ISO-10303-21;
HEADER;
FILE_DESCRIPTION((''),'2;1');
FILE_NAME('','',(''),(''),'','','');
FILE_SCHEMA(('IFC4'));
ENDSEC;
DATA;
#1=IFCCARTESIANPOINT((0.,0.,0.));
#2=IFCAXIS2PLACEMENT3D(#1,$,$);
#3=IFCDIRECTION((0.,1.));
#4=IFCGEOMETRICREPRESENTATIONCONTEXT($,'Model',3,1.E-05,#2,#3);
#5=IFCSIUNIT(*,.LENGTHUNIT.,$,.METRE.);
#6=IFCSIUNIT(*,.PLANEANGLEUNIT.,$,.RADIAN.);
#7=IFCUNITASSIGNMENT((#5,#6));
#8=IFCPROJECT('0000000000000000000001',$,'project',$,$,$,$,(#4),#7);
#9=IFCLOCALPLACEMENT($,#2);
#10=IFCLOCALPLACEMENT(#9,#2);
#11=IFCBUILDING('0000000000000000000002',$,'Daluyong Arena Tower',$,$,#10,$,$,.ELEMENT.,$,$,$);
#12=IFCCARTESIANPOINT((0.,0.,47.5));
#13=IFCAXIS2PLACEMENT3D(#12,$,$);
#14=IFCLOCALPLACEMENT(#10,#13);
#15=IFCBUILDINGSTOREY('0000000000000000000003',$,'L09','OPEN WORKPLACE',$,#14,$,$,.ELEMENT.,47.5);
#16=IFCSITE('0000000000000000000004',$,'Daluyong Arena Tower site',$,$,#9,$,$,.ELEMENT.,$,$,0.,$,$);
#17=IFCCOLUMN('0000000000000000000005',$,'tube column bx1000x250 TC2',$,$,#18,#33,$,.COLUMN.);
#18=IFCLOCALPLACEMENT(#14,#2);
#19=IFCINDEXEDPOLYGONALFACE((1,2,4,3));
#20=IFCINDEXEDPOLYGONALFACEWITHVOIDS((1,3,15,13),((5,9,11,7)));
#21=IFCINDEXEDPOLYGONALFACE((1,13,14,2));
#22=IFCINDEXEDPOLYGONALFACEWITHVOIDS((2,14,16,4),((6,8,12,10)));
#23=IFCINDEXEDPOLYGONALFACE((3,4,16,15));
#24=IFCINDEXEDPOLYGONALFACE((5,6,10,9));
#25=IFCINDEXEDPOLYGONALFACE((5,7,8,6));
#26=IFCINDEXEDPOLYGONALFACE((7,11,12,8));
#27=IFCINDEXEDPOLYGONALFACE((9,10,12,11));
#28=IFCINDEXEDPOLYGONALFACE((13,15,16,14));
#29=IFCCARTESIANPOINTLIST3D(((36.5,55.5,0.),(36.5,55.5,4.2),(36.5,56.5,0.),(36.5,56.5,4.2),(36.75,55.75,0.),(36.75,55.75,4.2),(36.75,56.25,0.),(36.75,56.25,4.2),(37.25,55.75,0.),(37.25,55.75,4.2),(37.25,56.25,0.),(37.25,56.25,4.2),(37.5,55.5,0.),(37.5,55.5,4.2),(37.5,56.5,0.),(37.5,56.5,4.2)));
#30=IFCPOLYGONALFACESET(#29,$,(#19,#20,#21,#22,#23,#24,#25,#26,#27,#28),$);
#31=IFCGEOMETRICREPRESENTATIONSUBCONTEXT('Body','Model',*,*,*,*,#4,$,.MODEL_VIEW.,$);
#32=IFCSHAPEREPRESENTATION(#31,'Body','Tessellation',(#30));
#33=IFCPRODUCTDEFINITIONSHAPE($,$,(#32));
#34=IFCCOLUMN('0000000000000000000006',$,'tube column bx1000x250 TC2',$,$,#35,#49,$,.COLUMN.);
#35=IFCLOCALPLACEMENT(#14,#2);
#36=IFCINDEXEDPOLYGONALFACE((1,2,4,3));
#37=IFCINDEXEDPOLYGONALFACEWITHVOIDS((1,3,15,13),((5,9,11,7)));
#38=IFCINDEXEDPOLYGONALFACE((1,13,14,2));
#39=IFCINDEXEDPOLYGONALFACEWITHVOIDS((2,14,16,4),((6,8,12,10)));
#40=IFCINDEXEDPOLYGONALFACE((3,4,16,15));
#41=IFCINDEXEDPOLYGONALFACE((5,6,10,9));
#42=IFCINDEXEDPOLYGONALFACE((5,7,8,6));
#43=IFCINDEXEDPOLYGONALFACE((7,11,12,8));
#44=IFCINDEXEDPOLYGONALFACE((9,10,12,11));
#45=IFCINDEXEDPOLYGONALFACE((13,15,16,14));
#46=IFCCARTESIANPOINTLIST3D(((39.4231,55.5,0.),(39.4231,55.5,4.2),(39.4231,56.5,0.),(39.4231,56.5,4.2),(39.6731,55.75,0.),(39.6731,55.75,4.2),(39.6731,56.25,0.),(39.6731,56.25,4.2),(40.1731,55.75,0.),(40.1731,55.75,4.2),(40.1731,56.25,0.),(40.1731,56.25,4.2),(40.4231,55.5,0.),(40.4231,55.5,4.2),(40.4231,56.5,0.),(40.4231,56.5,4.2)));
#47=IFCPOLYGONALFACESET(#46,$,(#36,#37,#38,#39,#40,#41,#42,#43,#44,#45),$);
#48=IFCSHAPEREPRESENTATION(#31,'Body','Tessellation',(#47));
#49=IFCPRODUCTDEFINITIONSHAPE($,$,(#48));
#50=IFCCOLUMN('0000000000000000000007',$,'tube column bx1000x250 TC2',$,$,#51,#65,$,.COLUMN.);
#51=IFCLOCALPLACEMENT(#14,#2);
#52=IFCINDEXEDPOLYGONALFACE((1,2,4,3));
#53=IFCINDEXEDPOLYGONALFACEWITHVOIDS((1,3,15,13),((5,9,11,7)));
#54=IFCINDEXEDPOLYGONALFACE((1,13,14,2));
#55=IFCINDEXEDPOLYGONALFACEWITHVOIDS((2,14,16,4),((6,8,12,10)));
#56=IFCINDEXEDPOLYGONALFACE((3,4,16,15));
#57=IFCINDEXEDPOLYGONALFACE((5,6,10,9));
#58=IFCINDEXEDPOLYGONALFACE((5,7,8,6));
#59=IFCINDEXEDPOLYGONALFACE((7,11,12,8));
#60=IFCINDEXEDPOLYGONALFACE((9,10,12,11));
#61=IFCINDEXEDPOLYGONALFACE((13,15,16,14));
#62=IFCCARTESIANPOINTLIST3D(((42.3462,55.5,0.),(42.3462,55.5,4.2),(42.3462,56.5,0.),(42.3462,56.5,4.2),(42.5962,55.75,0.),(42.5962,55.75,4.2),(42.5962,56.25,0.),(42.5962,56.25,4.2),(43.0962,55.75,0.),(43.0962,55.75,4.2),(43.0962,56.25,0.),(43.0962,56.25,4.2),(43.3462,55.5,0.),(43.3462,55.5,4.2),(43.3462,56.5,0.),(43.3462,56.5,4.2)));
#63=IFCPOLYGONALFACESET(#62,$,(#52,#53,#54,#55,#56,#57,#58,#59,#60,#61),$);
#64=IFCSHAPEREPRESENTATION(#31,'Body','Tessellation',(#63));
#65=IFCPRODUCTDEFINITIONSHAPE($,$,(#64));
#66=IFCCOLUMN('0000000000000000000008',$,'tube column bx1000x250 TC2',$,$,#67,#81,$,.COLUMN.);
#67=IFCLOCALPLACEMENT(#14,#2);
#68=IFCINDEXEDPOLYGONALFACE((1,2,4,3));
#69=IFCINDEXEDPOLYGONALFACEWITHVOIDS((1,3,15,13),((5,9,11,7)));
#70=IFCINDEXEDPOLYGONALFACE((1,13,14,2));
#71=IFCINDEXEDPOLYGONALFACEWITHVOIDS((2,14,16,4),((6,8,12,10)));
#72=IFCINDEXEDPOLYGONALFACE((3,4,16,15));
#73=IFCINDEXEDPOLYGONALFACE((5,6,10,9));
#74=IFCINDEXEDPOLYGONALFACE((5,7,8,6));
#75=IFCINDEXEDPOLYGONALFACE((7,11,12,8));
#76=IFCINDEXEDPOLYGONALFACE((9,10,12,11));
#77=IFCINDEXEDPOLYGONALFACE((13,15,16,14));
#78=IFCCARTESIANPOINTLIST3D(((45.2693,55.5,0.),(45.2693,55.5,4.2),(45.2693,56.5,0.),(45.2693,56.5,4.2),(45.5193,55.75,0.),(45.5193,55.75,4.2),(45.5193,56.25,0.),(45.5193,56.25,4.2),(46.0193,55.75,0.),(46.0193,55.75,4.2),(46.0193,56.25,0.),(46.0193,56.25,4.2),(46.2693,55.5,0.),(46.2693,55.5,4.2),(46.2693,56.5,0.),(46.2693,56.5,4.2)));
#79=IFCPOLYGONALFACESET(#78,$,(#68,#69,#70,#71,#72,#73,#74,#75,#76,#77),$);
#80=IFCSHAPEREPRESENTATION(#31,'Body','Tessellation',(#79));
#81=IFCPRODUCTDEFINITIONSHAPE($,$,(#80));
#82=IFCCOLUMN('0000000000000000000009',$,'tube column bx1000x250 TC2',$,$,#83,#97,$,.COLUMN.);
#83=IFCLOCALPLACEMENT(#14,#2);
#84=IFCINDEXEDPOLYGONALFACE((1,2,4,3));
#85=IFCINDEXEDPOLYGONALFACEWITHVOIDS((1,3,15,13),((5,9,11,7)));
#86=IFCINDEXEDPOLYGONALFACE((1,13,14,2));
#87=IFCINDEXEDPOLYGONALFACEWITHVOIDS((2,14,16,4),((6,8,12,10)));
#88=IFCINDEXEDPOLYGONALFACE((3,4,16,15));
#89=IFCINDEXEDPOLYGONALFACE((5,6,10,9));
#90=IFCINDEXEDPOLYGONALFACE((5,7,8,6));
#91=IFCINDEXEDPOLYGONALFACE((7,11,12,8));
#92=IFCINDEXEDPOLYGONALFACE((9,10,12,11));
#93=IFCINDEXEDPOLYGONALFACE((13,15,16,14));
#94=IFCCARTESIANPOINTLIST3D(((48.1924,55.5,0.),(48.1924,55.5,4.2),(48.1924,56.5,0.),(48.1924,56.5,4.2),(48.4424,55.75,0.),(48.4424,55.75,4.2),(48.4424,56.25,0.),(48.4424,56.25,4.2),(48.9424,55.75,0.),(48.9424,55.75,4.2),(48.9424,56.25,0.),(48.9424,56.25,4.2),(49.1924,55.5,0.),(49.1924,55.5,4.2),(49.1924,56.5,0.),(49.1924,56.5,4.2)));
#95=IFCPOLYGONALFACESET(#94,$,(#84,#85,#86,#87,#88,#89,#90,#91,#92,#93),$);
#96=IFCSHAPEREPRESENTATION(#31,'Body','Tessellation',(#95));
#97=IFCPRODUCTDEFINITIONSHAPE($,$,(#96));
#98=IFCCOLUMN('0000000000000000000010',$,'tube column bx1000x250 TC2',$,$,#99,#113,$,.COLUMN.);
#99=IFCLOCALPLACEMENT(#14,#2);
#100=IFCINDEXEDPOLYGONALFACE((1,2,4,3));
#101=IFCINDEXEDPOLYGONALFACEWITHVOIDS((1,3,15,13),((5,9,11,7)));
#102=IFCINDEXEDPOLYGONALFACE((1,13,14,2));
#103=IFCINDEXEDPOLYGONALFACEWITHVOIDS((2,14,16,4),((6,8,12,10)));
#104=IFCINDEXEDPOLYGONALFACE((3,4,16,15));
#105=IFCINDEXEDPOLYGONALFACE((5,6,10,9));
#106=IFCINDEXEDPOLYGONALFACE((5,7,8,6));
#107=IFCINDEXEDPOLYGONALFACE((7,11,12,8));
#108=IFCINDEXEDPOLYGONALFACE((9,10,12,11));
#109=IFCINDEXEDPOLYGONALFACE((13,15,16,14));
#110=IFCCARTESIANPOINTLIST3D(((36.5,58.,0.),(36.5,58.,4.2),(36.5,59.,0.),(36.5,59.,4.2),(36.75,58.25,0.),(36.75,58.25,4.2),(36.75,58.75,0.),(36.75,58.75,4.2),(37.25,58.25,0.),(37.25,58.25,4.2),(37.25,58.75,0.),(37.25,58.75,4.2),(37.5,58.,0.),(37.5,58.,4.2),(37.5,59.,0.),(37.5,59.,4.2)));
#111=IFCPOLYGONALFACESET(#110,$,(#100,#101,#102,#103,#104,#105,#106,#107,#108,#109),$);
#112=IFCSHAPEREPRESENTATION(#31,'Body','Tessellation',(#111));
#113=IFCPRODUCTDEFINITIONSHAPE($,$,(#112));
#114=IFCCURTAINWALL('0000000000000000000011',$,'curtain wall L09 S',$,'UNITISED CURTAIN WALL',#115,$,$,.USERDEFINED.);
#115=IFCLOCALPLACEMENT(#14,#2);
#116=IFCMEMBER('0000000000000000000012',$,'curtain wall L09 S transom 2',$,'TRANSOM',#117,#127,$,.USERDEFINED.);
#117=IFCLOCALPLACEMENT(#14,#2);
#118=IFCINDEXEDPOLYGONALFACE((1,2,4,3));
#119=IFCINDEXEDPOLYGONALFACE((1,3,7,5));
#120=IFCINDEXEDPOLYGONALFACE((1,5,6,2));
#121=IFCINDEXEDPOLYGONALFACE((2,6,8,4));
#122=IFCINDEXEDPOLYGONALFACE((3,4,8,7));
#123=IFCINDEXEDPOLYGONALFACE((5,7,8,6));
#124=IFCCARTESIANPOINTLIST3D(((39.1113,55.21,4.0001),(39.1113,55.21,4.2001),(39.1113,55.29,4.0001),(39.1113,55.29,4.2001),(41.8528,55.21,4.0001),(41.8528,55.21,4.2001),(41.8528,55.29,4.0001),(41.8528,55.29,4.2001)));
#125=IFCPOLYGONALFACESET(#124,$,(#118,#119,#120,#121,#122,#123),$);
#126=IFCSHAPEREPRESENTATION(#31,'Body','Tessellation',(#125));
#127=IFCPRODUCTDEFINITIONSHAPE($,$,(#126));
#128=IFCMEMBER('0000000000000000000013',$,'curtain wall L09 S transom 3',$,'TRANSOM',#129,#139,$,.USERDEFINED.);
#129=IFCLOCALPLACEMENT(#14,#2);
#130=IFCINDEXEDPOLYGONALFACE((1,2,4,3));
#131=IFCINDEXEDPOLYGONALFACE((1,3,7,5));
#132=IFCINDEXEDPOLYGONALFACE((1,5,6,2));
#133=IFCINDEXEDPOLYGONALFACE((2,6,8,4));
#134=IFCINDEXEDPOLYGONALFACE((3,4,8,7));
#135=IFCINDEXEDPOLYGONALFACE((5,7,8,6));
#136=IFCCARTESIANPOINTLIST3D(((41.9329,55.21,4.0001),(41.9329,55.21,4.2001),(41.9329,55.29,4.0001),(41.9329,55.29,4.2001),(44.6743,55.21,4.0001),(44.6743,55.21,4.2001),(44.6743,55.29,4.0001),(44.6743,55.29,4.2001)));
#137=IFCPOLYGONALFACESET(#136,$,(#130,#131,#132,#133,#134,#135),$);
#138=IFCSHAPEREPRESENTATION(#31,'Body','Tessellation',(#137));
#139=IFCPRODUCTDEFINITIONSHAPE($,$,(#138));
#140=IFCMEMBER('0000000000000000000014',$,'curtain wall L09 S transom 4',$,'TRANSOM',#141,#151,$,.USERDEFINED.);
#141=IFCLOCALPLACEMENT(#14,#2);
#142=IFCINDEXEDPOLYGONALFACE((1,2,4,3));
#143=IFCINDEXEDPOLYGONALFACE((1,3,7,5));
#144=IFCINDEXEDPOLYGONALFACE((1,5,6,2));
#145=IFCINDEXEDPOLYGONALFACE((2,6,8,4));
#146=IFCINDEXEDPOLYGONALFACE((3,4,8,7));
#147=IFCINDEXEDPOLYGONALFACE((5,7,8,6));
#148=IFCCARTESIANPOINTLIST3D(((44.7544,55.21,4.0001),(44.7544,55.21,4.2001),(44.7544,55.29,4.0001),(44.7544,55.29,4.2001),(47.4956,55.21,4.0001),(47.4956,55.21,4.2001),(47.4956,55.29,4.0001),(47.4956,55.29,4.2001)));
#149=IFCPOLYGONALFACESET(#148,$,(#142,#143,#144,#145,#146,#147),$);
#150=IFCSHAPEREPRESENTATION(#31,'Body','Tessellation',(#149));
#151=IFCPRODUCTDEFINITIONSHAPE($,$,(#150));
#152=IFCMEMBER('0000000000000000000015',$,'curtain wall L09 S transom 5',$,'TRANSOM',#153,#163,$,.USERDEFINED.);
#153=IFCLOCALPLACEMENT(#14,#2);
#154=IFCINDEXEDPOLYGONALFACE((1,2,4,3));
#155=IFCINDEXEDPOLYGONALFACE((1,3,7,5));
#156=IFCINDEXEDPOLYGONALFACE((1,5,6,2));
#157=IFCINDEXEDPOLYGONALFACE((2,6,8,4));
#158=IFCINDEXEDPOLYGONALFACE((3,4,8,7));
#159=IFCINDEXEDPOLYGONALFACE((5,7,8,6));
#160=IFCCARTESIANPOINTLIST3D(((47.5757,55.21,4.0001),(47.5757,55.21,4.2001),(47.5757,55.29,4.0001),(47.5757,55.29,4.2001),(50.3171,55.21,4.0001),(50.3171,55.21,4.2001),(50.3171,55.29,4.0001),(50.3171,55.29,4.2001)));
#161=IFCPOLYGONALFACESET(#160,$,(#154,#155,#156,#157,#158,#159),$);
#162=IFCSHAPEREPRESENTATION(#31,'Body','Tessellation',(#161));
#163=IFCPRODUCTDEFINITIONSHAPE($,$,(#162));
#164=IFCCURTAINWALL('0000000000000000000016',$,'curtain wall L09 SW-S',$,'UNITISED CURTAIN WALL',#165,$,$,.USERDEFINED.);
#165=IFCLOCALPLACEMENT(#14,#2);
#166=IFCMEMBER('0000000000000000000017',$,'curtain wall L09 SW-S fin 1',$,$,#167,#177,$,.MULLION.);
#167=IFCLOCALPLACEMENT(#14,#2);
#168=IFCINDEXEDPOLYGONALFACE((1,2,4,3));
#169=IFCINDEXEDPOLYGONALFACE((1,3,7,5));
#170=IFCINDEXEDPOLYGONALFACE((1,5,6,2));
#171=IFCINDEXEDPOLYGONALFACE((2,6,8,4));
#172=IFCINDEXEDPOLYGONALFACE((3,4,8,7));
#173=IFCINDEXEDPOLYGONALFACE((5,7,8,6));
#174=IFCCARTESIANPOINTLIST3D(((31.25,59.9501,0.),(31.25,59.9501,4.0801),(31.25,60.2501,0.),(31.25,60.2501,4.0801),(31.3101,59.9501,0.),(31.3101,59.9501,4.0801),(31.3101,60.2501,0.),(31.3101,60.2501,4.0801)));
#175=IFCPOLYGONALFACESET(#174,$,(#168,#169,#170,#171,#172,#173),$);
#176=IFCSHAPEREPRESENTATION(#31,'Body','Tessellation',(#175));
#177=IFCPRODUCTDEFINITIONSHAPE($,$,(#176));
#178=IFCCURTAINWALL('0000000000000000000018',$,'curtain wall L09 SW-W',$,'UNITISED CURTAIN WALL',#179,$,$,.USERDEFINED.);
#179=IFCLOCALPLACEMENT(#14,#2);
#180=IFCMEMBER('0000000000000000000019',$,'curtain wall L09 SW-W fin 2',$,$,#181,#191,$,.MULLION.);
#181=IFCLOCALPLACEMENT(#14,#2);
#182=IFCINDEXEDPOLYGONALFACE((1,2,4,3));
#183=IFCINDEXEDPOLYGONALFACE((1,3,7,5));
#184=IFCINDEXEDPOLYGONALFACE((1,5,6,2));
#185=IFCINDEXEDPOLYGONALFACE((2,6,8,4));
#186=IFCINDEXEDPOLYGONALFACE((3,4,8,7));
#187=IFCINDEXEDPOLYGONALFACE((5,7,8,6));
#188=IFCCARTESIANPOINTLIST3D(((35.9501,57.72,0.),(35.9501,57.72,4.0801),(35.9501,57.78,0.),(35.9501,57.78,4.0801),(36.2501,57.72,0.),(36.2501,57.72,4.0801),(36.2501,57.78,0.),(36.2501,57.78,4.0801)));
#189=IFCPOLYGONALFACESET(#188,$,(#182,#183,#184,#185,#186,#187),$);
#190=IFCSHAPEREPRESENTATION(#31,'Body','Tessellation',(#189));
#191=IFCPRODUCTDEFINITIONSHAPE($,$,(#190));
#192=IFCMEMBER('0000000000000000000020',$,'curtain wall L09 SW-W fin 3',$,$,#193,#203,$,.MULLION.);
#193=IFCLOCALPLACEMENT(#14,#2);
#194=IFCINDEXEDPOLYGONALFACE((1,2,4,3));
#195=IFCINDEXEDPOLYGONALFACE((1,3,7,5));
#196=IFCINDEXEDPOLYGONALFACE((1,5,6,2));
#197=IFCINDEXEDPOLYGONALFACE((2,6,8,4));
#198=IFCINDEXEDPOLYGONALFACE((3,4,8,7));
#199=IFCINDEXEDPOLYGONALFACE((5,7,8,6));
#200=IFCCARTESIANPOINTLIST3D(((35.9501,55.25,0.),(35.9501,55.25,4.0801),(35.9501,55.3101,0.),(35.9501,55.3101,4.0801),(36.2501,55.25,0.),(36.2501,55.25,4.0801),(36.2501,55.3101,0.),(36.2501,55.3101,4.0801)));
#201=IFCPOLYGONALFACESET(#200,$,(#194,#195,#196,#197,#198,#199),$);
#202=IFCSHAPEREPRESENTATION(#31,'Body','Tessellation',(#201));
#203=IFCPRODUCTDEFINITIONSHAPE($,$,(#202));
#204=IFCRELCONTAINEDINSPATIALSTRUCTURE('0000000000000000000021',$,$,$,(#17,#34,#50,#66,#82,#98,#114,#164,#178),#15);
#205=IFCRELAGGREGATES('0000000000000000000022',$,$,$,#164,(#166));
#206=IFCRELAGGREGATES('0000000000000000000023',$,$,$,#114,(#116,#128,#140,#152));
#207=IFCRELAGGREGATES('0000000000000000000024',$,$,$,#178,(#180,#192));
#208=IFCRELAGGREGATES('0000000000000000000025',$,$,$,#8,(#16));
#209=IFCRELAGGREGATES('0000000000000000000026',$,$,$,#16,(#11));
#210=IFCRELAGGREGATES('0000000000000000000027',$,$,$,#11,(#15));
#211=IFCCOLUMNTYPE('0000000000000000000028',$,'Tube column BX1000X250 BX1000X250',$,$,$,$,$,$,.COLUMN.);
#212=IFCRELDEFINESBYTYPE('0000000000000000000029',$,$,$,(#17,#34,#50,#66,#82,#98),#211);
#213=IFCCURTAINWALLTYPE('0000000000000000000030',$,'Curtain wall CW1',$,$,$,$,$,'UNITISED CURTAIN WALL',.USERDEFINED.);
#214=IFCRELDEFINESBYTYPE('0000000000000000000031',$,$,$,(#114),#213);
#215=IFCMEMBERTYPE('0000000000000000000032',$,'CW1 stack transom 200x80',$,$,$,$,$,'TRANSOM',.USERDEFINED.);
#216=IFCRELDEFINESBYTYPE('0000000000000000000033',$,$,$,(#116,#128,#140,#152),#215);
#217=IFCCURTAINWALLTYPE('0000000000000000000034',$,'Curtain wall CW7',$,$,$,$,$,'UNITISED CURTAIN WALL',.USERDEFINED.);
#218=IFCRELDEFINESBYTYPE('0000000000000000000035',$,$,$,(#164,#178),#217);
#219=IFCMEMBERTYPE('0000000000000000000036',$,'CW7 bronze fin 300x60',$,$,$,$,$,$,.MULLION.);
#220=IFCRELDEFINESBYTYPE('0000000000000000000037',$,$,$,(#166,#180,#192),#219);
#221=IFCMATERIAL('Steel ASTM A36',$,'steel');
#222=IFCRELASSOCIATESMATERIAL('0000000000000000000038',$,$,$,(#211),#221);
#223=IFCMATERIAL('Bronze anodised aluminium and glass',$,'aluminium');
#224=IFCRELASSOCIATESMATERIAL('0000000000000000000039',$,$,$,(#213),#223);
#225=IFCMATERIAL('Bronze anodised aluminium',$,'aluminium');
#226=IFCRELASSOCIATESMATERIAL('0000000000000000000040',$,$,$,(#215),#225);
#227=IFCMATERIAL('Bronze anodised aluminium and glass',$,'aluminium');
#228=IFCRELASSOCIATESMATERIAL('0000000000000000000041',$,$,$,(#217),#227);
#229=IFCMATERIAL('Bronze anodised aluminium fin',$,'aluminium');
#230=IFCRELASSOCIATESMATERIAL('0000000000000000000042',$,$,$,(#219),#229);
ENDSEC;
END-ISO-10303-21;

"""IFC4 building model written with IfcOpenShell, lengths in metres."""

from ifc_helpers import new_model, si_unit, direction, frame, origin, origin_2d, place, context, subcontext, project, spatial, rectangle, hollow_rectangle, extrude, material, material_profile, profile_set, type_object, element, aggregate, save


model = new_model("IFC4")

# Units and contexts
model_context = context("Model", 3, precision=1e-05, world=origin(), true_north=direction((0.0, 1.0)))
body_context = subcontext(model_context, "Body", "Model", "MODEL_VIEW")
ifc_project = project(units=[si_unit("LENGTHUNIT", "METRE"), si_unit("PLANEANGLEUNIT", "RADIAN")], contexts=[model_context])

# Site, building, storey
site_placement = place(None, origin())
site = spatial("IfcSite", under=ifc_project, at=site_placement, Name="Daluyong Arena Tower site", CompositionType="ELEMENT", RefElevation=0.0)
building_placement = place(site_placement, origin())
building = spatial("IfcBuilding", under=site, at=building_placement, Name="Daluyong Arena Tower", CompositionType="ELEMENT")
storey_placement = place(building_placement, frame((0.0, 0.0, 47.5)))
storey = spatial("IfcBuildingStorey", under=building, at=storey_placement, Name="L09", Description="OPEN WORKPLACE", CompositionType="ELEMENT", Elevation=47.5)

# Columns
ifc_material_1 = material(Name="Steel ASTM A36", Category="steel")
ifc_material_profile_1 = material_profile(ifc_material_1, hollow_rectangle(XDim=1.0, YDim=1.0, WallThickness=0.25, at=origin_2d()))
ifc_profile_set_1 = profile_set([ifc_material_profile_1], Name="Steel ASTM A36")
column_type = type_object("IfcColumnType", Name="Tube column BX1000X250 BX1000X250", PredefinedType="COLUMN", material=ifc_profile_set_1)
for number, where, z_axis, x_axis, name in (
    (1, (37.0, 56.0, 0.0), (0.0, 0.0, 1.0), (1.0, 0.0, 0.0), "tube column bx1000x250 TC2"),
    (2, (39.9231, 56.0, 0.0), (0.0, 0.0, 1.0), (1.0, 0.0, 0.0), "tube column bx1000x250 TC2"),
    (3, (42.8462, 56.0, 0.0), (0.0, 0.0, 1.0), (1.0, 0.0, 0.0), "tube column bx1000x250 TC2"),
    (4, (45.7693, 56.0, 0.0), (0.0, 0.0, 1.0), (1.0, 0.0, 0.0), "tube column bx1000x250 TC2"),
    (5, (48.6924, 56.0, 0.0), (0.0, 0.0, 1.0), (1.0, 0.0, 0.0), "tube column bx1000x250 TC2"),
    (6, (37.0, 58.5, 0.0), (0.0, 0.0, 1.0), (0.0, 1.0, 0.0), "tube column bx1000x250 TC2"),
):
    element("IfcColumn", number, at=place(storey_placement, frame(where, z_axis=z_axis, x_axis=x_axis)), inside=storey, type_object=column_type, Name=name, PredefinedType="COLUMN", context=body_context, shape_type="SweptSolid", body=[
        extrude(hollow_rectangle(XDim=1.0, YDim=1.0, WallThickness=0.25, at=origin_2d()), origin(), (0.0, 0.0, 1.0), 4.2),
    ])

# Curtain wall, members
ifc_material_2 = material(Name="Bronze anodised aluminium and glass", Category="aluminium")
curtain_wall_type_1 = type_object("IfcCurtainWallType", Name="Curtain wall CW1", ElementType="UNITISED CURTAIN WALL", PredefinedType="USERDEFINED", material=ifc_material_2)
curtain_wall_1_placement = place(storey_placement, origin())
curtain_wall_1 = element("IfcCurtainWall", 7, at=curtain_wall_1_placement, inside=storey, type_object=curtain_wall_type_1, Name="curtain wall L09 S", ObjectType="UNITISED CURTAIN WALL", PredefinedType="USERDEFINED")
ifc_material_3 = material(Name="Bronze anodised aluminium", Category="aluminium")
ifc_material_profile_2 = material_profile(ifc_material_3, rectangle(XDim=0.0801, YDim=0.2, at=origin_2d()))
ifc_profile_set_2 = profile_set([ifc_material_profile_2], Name="Bronze anodised aluminium")
member_type_1 = type_object("IfcMemberType", Name="CW1 stack transom 200x80", ElementType="TRANSOM", PredefinedType="USERDEFINED", material=ifc_profile_set_2)
member_1_placement = place(storey_placement, frame((39.1113, 55.25, 4.1001), z_axis=(1.0, 0.0, 0.0), x_axis=(0.0, 1.0, 0.0)))
member_1 = element("IfcMember", 8, at=member_1_placement, type_object=member_type_1, Name="curtain wall L09 S transom 2", ObjectType="TRANSOM", PredefinedType="USERDEFINED", context=body_context, shape_type="SweptSolid", body=[
    extrude(rectangle(XDim=0.0801, YDim=0.2, at=origin_2d()), origin(), (0.0, 0.0, 1.0), 2.7415),
])
member_2_placement = place(storey_placement, frame((41.9329, 55.25, 4.1001), z_axis=(1.0, 0.0, 0.0), x_axis=(0.0, 1.0, 0.0)))
member_2 = element("IfcMember", 9, at=member_2_placement, type_object=member_type_1, Name="curtain wall L09 S transom 3", ObjectType="TRANSOM", PredefinedType="USERDEFINED", context=body_context, shape_type="SweptSolid", body=[
    extrude(rectangle(XDim=0.0801, YDim=0.2, at=origin_2d()), origin(), (0.0, 0.0, 1.0), 2.7415),
])
member_3_placement = place(storey_placement, frame((44.7544, 55.25, 4.1001), z_axis=(1.0, 0.0, 0.0), x_axis=(0.0, 1.0, 0.0)))
member_3 = element("IfcMember", 10, at=member_3_placement, type_object=member_type_1, Name="curtain wall L09 S transom 4", ObjectType="TRANSOM", PredefinedType="USERDEFINED", context=body_context, shape_type="SweptSolid", body=[
    extrude(rectangle(XDim=0.0801, YDim=0.2, at=origin_2d()), origin(), (0.0, 0.0, 1.0), 2.7412),
])
member_4_placement = place(storey_placement, frame((47.5757, 55.25, 4.1001), z_axis=(1.0, 0.0, 0.0), x_axis=(0.0, 1.0, 0.0)))
member_4 = element("IfcMember", 11, at=member_4_placement, type_object=member_type_1, Name="curtain wall L09 S transom 5", ObjectType="TRANSOM", PredefinedType="USERDEFINED", context=body_context, shape_type="SweptSolid", body=[
    extrude(rectangle(XDim=0.0801, YDim=0.2, at=origin_2d()), origin(), (0.0, 0.0, 1.0), 2.7415),
])

# Curtain wall, member
ifc_material_4 = material(Name="Bronze anodised aluminium and glass", Category="aluminium")
curtain_wall_type_2 = type_object("IfcCurtainWallType", Name="Curtain wall CW7", ElementType="UNITISED CURTAIN WALL", PredefinedType="USERDEFINED", material=ifc_material_4)
curtain_wall_2_placement = place(storey_placement, origin())
curtain_wall_2 = element("IfcCurtainWall", 12, at=curtain_wall_2_placement, inside=storey, type_object=curtain_wall_type_2, Name="curtain wall L09 SW-S", ObjectType="UNITISED CURTAIN WALL", PredefinedType="USERDEFINED")
ifc_material_5 = material(Name="Bronze anodised aluminium fin", Category="aluminium")
ifc_material_profile_3 = material_profile(ifc_material_5, rectangle(XDim=0.3, YDim=0.0601, at=origin_2d()))
ifc_profile_set_3 = profile_set([ifc_material_profile_3], Name="Bronze anodised aluminium fin")
member_type_2 = type_object("IfcMemberType", Name="CW7 bronze fin 300x60", PredefinedType="MULLION", material=ifc_profile_set_3)
member_5_placement = place(storey_placement, frame((31.28, 60.1001, 0.0), z_axis=(0.0, 0.0, 1.0), x_axis=(0.0, 1.0, 0.0)))
member_5 = element("IfcMember", 13, at=member_5_placement, type_object=member_type_2, Name="curtain wall L09 SW-S fin 1", PredefinedType="MULLION", context=body_context, shape_type="SweptSolid", body=[
    extrude(rectangle(XDim=0.3, YDim=0.0601, at=origin_2d()), origin(), (0.0, 0.0, 1.0), 4.0801),
])
aggregate(curtain_wall_2, [member_5])

# Curtain wall, members
curtain_wall_3_placement = place(storey_placement, origin())
curtain_wall_3 = element("IfcCurtainWall", 14, at=curtain_wall_3_placement, inside=storey, type_object=curtain_wall_type_2, Name="curtain wall L09 SW-W", ObjectType="UNITISED CURTAIN WALL", PredefinedType="USERDEFINED")
member_6_placement = place(storey_placement, frame((36.1001, 57.75, 0.0), z_axis=(0.0, 0.0, 1.0), x_axis=(1.0, 0.0, 0.0)))
member_6 = element("IfcMember", 15, at=member_6_placement, type_object=member_type_2, Name="curtain wall L09 SW-W fin 2", PredefinedType="MULLION", context=body_context, shape_type="SweptSolid", body=[
    extrude(rectangle(XDim=0.3, YDim=0.0601, at=origin_2d()), origin(), (0.0, 0.0, 1.0), 4.0801),
])
member_7_placement = place(storey_placement, frame((36.1001, 55.28, 0.0), z_axis=(0.0, 0.0, 1.0), x_axis=(1.0, 0.0, 0.0)))
member_7 = element("IfcMember", 16, at=member_7_placement, type_object=member_type_2, Name="curtain wall L09 SW-W fin 3", PredefinedType="MULLION", context=body_context, shape_type="SweptSolid", body=[
    extrude(rectangle(XDim=0.3, YDim=0.0601, at=origin_2d()), origin(), (0.0, 0.0, 1.0), 4.0801),
])

aggregate(curtain_wall_1, [member_1, member_2, member_3, member_4])
aggregate(curtain_wall_3, [member_6, member_7])

save(model, "model.ifc")
